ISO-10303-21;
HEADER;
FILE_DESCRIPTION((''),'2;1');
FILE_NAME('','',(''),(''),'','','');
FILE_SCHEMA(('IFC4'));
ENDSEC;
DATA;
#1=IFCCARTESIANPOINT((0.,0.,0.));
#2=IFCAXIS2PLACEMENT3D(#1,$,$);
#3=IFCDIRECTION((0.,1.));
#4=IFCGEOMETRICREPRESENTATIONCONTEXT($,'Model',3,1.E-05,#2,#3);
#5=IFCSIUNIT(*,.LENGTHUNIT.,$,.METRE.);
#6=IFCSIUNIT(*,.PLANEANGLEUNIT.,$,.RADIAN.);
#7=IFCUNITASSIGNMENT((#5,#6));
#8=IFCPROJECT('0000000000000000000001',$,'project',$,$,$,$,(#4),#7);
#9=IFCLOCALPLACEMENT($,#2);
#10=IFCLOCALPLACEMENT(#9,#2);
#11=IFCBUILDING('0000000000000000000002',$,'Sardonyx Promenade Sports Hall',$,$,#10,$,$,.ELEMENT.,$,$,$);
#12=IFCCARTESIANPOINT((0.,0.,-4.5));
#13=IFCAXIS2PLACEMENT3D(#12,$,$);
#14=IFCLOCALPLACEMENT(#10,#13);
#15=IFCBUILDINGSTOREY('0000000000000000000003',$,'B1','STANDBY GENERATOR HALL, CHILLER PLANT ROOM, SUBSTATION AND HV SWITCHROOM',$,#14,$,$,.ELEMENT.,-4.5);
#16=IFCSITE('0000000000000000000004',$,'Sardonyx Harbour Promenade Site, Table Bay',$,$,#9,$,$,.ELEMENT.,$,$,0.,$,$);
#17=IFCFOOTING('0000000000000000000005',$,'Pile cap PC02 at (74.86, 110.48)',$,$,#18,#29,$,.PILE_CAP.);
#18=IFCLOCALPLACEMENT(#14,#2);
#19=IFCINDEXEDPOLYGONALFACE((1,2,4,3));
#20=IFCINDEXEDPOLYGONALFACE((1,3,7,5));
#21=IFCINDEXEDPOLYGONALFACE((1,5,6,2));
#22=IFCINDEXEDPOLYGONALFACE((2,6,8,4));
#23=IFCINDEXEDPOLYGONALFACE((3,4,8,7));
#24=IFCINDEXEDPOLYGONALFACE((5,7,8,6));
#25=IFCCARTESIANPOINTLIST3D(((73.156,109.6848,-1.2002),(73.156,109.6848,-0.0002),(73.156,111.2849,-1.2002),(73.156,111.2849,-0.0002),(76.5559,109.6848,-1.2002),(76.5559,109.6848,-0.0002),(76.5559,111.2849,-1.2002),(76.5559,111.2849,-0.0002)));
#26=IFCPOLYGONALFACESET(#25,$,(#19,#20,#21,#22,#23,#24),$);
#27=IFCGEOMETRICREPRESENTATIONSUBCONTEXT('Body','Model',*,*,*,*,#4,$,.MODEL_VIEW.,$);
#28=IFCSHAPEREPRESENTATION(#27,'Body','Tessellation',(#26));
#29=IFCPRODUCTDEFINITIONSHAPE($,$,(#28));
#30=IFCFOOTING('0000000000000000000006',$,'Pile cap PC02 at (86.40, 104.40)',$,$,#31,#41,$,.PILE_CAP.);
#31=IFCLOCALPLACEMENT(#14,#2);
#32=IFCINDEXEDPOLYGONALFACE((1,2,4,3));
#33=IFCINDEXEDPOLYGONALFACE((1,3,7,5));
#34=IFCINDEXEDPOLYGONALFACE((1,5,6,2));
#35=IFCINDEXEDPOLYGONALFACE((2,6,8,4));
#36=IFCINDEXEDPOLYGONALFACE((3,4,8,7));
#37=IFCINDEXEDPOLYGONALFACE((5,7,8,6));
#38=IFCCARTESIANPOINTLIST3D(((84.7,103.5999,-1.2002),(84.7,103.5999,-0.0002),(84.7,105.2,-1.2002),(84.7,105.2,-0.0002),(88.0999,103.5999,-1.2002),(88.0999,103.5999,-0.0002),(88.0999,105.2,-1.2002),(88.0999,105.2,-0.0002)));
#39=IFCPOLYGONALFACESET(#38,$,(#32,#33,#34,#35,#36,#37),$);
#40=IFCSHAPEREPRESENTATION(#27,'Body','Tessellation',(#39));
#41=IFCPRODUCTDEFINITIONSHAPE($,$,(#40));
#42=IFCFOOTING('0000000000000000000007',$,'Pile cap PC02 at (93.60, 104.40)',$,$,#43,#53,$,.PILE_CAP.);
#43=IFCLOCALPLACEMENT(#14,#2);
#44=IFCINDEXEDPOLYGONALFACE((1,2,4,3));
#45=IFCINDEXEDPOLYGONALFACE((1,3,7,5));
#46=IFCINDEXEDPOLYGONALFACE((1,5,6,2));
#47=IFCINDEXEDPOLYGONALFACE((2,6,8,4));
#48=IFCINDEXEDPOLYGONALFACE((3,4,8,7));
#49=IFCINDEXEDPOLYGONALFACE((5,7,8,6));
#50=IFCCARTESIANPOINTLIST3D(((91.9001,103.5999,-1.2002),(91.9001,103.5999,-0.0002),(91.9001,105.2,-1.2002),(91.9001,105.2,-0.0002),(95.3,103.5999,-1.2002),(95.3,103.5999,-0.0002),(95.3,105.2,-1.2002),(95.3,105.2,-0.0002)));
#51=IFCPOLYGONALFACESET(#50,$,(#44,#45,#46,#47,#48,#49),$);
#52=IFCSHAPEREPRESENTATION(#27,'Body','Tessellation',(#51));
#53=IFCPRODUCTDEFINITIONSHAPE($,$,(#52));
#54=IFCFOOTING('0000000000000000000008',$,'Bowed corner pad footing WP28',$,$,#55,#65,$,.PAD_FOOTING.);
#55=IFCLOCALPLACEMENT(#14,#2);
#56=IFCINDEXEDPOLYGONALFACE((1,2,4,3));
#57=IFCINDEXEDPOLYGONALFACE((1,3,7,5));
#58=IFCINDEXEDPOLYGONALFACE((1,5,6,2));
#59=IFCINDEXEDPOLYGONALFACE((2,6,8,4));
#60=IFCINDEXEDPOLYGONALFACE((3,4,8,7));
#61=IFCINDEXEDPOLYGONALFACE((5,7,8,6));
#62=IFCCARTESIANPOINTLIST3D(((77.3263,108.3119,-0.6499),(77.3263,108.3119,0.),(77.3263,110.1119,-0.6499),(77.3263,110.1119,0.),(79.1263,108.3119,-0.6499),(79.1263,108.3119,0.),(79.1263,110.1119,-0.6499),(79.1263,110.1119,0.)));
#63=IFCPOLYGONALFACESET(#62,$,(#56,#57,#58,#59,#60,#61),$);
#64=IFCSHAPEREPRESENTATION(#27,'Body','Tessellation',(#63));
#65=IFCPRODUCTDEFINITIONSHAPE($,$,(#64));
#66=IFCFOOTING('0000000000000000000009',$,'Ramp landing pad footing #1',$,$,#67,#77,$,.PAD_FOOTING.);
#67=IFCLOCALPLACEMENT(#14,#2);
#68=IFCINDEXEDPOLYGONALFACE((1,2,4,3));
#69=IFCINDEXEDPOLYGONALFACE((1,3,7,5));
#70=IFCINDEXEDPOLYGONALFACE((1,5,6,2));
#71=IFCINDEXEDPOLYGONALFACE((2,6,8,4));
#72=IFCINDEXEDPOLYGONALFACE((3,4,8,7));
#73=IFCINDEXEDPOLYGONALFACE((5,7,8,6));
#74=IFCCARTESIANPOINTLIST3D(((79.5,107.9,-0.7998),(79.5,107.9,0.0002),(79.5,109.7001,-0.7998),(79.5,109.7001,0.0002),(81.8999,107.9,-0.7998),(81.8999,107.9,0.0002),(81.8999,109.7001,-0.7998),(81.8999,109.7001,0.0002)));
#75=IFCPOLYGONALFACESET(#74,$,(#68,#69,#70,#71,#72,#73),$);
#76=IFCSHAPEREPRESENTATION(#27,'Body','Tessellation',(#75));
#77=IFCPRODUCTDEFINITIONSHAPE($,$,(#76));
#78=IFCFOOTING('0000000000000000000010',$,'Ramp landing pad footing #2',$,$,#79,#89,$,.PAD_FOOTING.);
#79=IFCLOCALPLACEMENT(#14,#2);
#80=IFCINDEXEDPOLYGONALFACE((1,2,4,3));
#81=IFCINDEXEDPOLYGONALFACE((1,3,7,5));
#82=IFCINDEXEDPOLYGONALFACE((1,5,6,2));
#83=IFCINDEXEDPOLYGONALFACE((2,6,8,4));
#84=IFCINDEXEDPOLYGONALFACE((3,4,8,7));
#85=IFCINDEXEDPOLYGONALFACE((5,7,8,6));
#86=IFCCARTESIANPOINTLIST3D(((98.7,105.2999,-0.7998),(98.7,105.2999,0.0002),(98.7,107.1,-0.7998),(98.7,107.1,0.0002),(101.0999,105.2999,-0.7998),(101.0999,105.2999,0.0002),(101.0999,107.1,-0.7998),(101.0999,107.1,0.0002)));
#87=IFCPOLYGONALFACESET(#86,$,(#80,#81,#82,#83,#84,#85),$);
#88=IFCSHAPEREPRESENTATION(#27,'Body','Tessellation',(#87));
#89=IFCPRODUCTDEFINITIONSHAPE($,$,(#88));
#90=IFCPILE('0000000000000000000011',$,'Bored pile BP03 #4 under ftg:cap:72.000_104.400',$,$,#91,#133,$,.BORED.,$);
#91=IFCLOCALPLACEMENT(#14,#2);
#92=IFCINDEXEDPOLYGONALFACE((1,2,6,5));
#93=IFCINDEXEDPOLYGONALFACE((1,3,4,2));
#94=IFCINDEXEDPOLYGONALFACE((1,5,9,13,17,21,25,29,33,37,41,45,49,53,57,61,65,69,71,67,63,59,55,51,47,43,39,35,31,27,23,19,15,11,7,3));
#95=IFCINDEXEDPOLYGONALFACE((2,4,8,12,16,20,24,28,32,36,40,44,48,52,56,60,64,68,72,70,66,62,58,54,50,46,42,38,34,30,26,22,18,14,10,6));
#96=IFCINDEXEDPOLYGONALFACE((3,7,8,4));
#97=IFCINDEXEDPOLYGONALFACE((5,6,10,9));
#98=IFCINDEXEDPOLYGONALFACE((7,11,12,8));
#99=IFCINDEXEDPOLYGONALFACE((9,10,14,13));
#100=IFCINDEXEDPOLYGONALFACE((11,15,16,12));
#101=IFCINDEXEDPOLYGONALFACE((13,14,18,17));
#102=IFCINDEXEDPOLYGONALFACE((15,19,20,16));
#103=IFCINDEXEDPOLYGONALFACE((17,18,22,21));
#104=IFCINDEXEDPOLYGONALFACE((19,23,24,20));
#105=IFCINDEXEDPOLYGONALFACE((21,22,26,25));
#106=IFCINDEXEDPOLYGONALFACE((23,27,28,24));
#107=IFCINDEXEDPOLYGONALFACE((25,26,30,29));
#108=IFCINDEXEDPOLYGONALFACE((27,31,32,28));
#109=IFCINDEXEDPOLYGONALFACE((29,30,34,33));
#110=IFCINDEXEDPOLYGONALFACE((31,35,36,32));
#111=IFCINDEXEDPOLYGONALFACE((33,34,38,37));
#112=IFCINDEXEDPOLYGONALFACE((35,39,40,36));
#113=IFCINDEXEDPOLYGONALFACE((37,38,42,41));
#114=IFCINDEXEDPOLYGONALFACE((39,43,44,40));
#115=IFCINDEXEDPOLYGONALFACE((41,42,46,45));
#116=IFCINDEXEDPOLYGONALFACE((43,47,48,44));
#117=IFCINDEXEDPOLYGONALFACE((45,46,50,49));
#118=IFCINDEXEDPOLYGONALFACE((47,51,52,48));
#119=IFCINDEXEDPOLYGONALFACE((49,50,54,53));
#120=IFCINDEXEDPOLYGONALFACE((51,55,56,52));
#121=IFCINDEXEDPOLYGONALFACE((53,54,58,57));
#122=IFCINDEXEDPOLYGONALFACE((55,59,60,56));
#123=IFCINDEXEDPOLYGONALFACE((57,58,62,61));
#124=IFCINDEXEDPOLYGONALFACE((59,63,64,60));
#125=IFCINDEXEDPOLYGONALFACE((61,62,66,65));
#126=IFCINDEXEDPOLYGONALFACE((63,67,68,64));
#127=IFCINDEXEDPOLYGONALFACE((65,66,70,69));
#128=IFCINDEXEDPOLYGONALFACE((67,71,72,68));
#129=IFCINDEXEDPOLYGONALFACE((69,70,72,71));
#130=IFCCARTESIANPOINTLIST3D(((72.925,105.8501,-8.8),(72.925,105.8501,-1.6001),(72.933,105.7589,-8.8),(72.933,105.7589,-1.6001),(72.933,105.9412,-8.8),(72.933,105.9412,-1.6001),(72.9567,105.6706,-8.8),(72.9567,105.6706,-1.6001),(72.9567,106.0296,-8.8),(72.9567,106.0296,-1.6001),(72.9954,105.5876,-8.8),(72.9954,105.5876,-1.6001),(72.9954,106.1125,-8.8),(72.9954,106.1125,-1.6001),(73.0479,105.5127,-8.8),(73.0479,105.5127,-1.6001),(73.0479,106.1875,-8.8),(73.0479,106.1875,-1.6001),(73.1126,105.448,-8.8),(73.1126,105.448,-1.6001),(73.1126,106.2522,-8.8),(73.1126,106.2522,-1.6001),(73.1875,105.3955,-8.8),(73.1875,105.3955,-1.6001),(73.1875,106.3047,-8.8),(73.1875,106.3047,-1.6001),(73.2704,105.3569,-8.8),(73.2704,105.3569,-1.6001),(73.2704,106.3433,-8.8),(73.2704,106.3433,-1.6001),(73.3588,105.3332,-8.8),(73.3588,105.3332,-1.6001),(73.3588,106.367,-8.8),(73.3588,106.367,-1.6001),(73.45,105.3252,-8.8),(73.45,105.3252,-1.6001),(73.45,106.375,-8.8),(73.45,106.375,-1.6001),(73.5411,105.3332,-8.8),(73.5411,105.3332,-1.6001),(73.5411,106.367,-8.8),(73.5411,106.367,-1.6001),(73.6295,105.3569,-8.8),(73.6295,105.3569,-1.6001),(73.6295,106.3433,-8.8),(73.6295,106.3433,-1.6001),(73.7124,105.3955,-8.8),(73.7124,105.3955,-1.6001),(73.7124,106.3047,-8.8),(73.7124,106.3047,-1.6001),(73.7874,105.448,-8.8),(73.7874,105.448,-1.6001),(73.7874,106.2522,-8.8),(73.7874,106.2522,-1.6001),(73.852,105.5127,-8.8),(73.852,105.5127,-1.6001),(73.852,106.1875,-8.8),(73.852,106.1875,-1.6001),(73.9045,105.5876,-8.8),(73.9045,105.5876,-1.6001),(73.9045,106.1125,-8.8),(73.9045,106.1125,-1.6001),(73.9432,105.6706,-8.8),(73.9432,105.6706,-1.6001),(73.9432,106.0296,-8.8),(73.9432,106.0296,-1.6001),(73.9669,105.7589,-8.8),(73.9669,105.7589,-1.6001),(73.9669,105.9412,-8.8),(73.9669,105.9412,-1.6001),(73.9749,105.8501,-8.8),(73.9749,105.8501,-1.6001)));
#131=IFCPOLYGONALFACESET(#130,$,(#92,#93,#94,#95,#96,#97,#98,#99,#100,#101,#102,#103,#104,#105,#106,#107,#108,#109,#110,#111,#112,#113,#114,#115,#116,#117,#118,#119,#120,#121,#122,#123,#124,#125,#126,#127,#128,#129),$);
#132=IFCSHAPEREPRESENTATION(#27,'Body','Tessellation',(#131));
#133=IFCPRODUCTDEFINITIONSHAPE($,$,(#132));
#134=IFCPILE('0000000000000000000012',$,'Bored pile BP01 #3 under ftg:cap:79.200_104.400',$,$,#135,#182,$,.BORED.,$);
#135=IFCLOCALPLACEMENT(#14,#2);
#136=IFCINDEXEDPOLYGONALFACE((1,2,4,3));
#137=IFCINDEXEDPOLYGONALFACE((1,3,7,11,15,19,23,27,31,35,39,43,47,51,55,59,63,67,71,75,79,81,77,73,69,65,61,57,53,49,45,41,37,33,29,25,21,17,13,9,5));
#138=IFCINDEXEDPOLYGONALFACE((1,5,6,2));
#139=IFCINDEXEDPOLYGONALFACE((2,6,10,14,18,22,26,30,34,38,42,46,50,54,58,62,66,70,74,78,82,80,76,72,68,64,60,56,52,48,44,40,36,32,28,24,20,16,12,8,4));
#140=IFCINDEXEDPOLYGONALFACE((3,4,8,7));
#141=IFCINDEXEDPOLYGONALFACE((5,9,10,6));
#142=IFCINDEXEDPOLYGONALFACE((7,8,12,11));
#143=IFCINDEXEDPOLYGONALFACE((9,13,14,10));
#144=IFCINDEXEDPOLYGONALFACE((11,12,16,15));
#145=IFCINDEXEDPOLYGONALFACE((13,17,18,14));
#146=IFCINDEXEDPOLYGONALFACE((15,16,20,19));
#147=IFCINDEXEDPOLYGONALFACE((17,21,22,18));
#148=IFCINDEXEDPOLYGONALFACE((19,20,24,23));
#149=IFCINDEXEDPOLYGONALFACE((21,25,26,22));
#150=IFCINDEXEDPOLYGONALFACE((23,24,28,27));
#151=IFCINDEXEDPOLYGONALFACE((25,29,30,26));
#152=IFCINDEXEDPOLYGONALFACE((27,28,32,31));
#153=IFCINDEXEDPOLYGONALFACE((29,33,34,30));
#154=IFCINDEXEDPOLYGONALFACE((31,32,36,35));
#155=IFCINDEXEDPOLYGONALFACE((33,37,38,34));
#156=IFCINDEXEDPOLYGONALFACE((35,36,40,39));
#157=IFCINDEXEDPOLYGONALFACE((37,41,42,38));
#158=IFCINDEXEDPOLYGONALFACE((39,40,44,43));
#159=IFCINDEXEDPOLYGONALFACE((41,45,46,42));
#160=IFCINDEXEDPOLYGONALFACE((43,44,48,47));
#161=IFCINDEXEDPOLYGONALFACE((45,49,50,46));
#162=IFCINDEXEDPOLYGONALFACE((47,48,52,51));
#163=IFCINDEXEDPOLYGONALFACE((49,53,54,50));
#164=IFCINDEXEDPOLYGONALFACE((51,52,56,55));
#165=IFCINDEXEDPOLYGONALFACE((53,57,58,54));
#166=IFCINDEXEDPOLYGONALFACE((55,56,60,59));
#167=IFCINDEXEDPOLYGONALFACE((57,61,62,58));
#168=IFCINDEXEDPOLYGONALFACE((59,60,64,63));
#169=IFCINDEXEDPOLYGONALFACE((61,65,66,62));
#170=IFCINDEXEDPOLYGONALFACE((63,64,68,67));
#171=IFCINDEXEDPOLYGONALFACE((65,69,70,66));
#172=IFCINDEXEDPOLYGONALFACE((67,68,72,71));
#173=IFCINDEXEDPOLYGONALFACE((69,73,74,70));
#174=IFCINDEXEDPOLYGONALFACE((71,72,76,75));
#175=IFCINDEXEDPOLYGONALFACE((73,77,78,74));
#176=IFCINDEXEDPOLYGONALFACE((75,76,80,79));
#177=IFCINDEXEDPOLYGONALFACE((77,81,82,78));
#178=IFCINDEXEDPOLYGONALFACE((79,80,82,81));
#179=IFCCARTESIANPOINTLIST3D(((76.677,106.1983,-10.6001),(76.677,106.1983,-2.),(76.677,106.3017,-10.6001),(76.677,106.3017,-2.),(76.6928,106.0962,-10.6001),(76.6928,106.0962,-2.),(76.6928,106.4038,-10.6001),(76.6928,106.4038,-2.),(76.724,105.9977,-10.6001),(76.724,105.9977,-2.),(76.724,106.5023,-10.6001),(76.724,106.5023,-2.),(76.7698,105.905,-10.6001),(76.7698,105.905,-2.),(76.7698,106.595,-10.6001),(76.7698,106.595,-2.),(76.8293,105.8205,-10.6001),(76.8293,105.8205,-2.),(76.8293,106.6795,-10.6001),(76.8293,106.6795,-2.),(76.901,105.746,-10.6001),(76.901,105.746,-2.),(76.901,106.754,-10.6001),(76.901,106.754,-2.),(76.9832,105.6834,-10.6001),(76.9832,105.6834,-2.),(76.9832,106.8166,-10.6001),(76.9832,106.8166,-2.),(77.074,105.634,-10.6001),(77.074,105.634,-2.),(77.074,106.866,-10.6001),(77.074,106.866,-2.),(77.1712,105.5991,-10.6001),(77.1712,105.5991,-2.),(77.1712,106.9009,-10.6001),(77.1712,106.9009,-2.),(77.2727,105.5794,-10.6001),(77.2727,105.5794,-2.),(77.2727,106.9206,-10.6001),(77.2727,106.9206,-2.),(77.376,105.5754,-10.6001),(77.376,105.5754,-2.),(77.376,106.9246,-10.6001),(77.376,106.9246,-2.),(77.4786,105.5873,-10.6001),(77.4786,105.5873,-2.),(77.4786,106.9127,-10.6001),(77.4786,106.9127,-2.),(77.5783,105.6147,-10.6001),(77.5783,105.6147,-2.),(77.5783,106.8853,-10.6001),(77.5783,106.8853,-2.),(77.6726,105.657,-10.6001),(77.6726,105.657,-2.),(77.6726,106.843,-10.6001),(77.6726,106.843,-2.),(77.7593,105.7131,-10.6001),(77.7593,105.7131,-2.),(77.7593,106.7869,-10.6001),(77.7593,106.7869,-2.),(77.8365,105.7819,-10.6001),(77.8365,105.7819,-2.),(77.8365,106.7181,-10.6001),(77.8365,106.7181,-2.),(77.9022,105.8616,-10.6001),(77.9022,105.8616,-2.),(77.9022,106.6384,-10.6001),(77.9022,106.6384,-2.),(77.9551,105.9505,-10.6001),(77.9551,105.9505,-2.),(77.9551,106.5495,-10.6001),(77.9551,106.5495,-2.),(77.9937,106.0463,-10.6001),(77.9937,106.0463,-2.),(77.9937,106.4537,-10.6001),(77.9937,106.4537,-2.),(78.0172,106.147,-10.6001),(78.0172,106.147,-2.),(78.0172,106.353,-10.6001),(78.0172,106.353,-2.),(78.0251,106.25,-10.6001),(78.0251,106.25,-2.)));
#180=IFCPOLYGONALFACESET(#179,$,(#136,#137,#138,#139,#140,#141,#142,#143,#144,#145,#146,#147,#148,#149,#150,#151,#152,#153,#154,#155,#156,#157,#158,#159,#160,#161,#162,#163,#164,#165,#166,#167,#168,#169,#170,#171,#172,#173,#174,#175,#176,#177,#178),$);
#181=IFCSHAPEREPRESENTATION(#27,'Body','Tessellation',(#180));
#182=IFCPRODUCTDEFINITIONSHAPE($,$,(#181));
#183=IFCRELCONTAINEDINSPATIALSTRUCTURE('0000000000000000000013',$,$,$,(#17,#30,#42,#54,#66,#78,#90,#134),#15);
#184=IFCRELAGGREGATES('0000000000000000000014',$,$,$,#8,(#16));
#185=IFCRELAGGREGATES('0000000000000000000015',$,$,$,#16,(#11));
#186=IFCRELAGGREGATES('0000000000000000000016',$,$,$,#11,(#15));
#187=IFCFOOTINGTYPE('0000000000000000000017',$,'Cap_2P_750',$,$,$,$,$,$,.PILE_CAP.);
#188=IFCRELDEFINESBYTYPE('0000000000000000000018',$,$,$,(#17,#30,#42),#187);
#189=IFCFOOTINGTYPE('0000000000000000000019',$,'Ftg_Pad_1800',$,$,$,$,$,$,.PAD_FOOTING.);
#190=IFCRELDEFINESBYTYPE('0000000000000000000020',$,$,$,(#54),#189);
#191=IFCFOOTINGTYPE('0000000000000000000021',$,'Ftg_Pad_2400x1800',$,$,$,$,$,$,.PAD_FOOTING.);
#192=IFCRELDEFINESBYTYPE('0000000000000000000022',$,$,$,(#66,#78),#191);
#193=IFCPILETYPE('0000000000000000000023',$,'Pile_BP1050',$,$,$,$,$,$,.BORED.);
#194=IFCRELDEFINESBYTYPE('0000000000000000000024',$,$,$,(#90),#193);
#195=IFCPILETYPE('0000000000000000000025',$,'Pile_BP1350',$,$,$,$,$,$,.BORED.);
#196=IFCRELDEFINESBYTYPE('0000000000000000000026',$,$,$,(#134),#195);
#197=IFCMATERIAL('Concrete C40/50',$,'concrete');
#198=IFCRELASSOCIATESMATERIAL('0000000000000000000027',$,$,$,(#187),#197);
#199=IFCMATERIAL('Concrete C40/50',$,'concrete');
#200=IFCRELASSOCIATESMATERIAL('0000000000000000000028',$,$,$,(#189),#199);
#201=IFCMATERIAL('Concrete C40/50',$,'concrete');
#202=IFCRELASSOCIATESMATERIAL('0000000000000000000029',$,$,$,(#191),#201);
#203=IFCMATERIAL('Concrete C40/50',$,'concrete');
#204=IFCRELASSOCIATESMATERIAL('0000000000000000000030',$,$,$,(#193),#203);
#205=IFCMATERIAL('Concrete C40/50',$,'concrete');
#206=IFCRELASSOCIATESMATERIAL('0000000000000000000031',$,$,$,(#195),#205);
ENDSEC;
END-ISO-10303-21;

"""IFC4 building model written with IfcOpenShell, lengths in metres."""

from ifc_helpers import new_model, si_unit, direction, frame, origin, origin_2d, place, context, subcontext, project, spatial, rectangle, circle, extrude, material, material_profile, profile_set, type_object, element, save


model = new_model("IFC4")

# Units and contexts
model_context = context("Model", 3, precision=1e-05, world=origin(), true_north=direction((0.0, 1.0)))
body_context = subcontext(model_context, "Body", "Model", "MODEL_VIEW")
ifc_project = project(units=[si_unit("LENGTHUNIT", "METRE"), si_unit("PLANEANGLEUNIT", "RADIAN")], contexts=[model_context])

# Site, building, storey
site_placement = place(None, origin())
site = spatial("IfcSite", under=ifc_project, at=site_placement, Name="Sardonyx Harbour Promenade Site, Table Bay", CompositionType="ELEMENT", RefElevation=0.0)
building_placement = place(site_placement, origin())
building = spatial("IfcBuilding", under=site, at=building_placement, Name="Sardonyx Promenade Sports Hall", CompositionType="ELEMENT")
storey_placement = place(building_placement, frame((0.0, 0.0, -4.5)))
storey = spatial("IfcBuildingStorey", under=building, at=storey_placement, Name="B1", Description="STANDBY GENERATOR HALL, CHILLER PLANT ROOM, SUBSTATION AND HV SWITCHROOM", CompositionType="ELEMENT", Elevation=-4.5)

# Footings
ifc_material_1 = material(Name="Concrete C40/50", Category="concrete")
footing_type_1 = type_object("IfcFootingType", Name="Cap_2P_750", PredefinedType="PILE_CAP", material=ifc_material_1)
for number, where, z_axis, x_axis, name in (
    (1, (74.856, 110.4849, -1.2002), (0.0, 0.0, 1.0), (1.0, 0.0, 0.0), "Pile cap PC02 at (74.86, 110.48)"),
    (2, (86.3999, 104.3999, -1.2002), (0.0, 0.0, 1.0), (1.0, 0.0, 0.0), "Pile cap PC02 at (86.40, 104.40)"),
    (3, (93.6001, 104.3999, -1.2002), (0.0, 0.0, 1.0), (1.0, 0.0, 0.0), "Pile cap PC02 at (93.60, 104.40)"),
):
    element("IfcFooting", number, at=place(storey_placement, frame(where, z_axis=z_axis, x_axis=x_axis)), inside=storey, type_object=footing_type_1, Name=name, PredefinedType="PILE_CAP", context=body_context, shape_type="SweptSolid", body=[
        extrude(rectangle(XDim=3.3999, YDim=1.6001, at=origin_2d()), origin(), (0.0, 0.0, 1.0), 1.2),
    ])
ifc_material_2 = material(Name="Concrete C40/50", Category="concrete")
footing_type_2 = type_object("IfcFootingType", Name="Ftg_Pad_1800", PredefinedType="PAD_FOOTING", material=ifc_material_2)
footing_placement = place(storey_placement, frame((78.2263, 109.2119, -0.6499), z_axis=(0.0, 0.0, 1.0), x_axis=(1.0, 0.0, 0.0)))
element("IfcFooting", 4, at=footing_placement, inside=storey, type_object=footing_type_2, Name="Bowed corner pad footing WP28", PredefinedType="PAD_FOOTING", context=body_context, shape_type="SweptSolid", body=[
    extrude(rectangle(XDim=1.8, YDim=1.8, at=origin_2d()), origin(), (0.0, 0.0, 1.0), 0.6499),
])
ifc_material_3 = material(Name="Concrete C40/50", Category="concrete")
footing_type_3 = type_object("IfcFootingType", Name="Ftg_Pad_2400x1800", PredefinedType="PAD_FOOTING", material=ifc_material_3)
for number, where, z_axis, x_axis, name in (
    (5, (80.7, 108.8, -0.7998), (0.0, 0.0, 1.0), (1.0, 0.0, 0.0), "Ramp landing pad footing #1"),
    (6, (99.8999, 106.2, -0.7998), (0.0, 0.0, 1.0), (1.0, 0.0, 0.0), "Ramp landing pad footing #2"),
):
    element("IfcFooting", number, at=place(storey_placement, frame(where, z_axis=z_axis, x_axis=x_axis)), inside=storey, type_object=footing_type_3, Name=name, PredefinedType="PAD_FOOTING", context=body_context, shape_type="SweptSolid", body=[
        extrude(rectangle(XDim=2.3999, YDim=1.8, at=origin_2d()), origin(), (0.0, 0.0, 1.0), 0.8),
    ])

# Piles
ifc_material_4 = material(Name="Concrete C40/50", Category="concrete")
ifc_material_profile_1 = material_profile(ifc_material_4, circle(Radius=0.5249, at=origin_2d()))
ifc_profile_set_1 = profile_set([ifc_material_profile_1], Name="Concrete C40/50")
pile_type_1 = type_object("IfcPileType", Name="Pile_BP1050", PredefinedType="BORED", material=ifc_profile_set_1)
pile_placement = place(storey_placement, frame((73.45, 105.8501, -1.6001), z_axis=(0.0, 0.0, -1.0), x_axis=(1.0, 0.0, 0.0)))
element("IfcPile", 7, at=pile_placement, inside=storey, type_object=pile_type_1, Name="Bored pile BP03 #4 under ftg:cap:72.000_104.400", PredefinedType="BORED", context=body_context, shape_type="SweptSolid", body=[
    extrude(circle(Radius=0.5249, at=origin_2d()), origin(), (0.0, 0.0, 1.0), 7.2),
])
ifc_material_5 = material(Name="Concrete C40/50", Category="concrete")
ifc_material_profile_2 = material_profile(ifc_material_5, circle(Radius=0.675, at=origin_2d()))
ifc_profile_set_2 = profile_set([ifc_material_profile_2], Name="Concrete C40/50")
pile_type_2 = type_object("IfcPileType", Name="Pile_BP1350", PredefinedType="BORED", material=ifc_profile_set_2)
for number, where, z_axis, x_axis, name in (
    (8, (77.3501, 106.25, -2.0), (0.0, 0.0, -1.0), (1.0, 0.0, 0.0), "Bored pile BP01 #3 under ftg:cap:79.200_104.400"),
):
    element("IfcPile", number, at=place(storey_placement, frame(where, z_axis=z_axis, x_axis=x_axis)), inside=storey, type_object=pile_type_2, Name=name, PredefinedType="BORED", context=body_context, shape_type="SweptSolid", body=[
        extrude(circle(Radius=0.675, at=origin_2d()), origin(), (0.0, 0.0, 1.0), 8.6001),
    ])

save(model, "model.ifc")
